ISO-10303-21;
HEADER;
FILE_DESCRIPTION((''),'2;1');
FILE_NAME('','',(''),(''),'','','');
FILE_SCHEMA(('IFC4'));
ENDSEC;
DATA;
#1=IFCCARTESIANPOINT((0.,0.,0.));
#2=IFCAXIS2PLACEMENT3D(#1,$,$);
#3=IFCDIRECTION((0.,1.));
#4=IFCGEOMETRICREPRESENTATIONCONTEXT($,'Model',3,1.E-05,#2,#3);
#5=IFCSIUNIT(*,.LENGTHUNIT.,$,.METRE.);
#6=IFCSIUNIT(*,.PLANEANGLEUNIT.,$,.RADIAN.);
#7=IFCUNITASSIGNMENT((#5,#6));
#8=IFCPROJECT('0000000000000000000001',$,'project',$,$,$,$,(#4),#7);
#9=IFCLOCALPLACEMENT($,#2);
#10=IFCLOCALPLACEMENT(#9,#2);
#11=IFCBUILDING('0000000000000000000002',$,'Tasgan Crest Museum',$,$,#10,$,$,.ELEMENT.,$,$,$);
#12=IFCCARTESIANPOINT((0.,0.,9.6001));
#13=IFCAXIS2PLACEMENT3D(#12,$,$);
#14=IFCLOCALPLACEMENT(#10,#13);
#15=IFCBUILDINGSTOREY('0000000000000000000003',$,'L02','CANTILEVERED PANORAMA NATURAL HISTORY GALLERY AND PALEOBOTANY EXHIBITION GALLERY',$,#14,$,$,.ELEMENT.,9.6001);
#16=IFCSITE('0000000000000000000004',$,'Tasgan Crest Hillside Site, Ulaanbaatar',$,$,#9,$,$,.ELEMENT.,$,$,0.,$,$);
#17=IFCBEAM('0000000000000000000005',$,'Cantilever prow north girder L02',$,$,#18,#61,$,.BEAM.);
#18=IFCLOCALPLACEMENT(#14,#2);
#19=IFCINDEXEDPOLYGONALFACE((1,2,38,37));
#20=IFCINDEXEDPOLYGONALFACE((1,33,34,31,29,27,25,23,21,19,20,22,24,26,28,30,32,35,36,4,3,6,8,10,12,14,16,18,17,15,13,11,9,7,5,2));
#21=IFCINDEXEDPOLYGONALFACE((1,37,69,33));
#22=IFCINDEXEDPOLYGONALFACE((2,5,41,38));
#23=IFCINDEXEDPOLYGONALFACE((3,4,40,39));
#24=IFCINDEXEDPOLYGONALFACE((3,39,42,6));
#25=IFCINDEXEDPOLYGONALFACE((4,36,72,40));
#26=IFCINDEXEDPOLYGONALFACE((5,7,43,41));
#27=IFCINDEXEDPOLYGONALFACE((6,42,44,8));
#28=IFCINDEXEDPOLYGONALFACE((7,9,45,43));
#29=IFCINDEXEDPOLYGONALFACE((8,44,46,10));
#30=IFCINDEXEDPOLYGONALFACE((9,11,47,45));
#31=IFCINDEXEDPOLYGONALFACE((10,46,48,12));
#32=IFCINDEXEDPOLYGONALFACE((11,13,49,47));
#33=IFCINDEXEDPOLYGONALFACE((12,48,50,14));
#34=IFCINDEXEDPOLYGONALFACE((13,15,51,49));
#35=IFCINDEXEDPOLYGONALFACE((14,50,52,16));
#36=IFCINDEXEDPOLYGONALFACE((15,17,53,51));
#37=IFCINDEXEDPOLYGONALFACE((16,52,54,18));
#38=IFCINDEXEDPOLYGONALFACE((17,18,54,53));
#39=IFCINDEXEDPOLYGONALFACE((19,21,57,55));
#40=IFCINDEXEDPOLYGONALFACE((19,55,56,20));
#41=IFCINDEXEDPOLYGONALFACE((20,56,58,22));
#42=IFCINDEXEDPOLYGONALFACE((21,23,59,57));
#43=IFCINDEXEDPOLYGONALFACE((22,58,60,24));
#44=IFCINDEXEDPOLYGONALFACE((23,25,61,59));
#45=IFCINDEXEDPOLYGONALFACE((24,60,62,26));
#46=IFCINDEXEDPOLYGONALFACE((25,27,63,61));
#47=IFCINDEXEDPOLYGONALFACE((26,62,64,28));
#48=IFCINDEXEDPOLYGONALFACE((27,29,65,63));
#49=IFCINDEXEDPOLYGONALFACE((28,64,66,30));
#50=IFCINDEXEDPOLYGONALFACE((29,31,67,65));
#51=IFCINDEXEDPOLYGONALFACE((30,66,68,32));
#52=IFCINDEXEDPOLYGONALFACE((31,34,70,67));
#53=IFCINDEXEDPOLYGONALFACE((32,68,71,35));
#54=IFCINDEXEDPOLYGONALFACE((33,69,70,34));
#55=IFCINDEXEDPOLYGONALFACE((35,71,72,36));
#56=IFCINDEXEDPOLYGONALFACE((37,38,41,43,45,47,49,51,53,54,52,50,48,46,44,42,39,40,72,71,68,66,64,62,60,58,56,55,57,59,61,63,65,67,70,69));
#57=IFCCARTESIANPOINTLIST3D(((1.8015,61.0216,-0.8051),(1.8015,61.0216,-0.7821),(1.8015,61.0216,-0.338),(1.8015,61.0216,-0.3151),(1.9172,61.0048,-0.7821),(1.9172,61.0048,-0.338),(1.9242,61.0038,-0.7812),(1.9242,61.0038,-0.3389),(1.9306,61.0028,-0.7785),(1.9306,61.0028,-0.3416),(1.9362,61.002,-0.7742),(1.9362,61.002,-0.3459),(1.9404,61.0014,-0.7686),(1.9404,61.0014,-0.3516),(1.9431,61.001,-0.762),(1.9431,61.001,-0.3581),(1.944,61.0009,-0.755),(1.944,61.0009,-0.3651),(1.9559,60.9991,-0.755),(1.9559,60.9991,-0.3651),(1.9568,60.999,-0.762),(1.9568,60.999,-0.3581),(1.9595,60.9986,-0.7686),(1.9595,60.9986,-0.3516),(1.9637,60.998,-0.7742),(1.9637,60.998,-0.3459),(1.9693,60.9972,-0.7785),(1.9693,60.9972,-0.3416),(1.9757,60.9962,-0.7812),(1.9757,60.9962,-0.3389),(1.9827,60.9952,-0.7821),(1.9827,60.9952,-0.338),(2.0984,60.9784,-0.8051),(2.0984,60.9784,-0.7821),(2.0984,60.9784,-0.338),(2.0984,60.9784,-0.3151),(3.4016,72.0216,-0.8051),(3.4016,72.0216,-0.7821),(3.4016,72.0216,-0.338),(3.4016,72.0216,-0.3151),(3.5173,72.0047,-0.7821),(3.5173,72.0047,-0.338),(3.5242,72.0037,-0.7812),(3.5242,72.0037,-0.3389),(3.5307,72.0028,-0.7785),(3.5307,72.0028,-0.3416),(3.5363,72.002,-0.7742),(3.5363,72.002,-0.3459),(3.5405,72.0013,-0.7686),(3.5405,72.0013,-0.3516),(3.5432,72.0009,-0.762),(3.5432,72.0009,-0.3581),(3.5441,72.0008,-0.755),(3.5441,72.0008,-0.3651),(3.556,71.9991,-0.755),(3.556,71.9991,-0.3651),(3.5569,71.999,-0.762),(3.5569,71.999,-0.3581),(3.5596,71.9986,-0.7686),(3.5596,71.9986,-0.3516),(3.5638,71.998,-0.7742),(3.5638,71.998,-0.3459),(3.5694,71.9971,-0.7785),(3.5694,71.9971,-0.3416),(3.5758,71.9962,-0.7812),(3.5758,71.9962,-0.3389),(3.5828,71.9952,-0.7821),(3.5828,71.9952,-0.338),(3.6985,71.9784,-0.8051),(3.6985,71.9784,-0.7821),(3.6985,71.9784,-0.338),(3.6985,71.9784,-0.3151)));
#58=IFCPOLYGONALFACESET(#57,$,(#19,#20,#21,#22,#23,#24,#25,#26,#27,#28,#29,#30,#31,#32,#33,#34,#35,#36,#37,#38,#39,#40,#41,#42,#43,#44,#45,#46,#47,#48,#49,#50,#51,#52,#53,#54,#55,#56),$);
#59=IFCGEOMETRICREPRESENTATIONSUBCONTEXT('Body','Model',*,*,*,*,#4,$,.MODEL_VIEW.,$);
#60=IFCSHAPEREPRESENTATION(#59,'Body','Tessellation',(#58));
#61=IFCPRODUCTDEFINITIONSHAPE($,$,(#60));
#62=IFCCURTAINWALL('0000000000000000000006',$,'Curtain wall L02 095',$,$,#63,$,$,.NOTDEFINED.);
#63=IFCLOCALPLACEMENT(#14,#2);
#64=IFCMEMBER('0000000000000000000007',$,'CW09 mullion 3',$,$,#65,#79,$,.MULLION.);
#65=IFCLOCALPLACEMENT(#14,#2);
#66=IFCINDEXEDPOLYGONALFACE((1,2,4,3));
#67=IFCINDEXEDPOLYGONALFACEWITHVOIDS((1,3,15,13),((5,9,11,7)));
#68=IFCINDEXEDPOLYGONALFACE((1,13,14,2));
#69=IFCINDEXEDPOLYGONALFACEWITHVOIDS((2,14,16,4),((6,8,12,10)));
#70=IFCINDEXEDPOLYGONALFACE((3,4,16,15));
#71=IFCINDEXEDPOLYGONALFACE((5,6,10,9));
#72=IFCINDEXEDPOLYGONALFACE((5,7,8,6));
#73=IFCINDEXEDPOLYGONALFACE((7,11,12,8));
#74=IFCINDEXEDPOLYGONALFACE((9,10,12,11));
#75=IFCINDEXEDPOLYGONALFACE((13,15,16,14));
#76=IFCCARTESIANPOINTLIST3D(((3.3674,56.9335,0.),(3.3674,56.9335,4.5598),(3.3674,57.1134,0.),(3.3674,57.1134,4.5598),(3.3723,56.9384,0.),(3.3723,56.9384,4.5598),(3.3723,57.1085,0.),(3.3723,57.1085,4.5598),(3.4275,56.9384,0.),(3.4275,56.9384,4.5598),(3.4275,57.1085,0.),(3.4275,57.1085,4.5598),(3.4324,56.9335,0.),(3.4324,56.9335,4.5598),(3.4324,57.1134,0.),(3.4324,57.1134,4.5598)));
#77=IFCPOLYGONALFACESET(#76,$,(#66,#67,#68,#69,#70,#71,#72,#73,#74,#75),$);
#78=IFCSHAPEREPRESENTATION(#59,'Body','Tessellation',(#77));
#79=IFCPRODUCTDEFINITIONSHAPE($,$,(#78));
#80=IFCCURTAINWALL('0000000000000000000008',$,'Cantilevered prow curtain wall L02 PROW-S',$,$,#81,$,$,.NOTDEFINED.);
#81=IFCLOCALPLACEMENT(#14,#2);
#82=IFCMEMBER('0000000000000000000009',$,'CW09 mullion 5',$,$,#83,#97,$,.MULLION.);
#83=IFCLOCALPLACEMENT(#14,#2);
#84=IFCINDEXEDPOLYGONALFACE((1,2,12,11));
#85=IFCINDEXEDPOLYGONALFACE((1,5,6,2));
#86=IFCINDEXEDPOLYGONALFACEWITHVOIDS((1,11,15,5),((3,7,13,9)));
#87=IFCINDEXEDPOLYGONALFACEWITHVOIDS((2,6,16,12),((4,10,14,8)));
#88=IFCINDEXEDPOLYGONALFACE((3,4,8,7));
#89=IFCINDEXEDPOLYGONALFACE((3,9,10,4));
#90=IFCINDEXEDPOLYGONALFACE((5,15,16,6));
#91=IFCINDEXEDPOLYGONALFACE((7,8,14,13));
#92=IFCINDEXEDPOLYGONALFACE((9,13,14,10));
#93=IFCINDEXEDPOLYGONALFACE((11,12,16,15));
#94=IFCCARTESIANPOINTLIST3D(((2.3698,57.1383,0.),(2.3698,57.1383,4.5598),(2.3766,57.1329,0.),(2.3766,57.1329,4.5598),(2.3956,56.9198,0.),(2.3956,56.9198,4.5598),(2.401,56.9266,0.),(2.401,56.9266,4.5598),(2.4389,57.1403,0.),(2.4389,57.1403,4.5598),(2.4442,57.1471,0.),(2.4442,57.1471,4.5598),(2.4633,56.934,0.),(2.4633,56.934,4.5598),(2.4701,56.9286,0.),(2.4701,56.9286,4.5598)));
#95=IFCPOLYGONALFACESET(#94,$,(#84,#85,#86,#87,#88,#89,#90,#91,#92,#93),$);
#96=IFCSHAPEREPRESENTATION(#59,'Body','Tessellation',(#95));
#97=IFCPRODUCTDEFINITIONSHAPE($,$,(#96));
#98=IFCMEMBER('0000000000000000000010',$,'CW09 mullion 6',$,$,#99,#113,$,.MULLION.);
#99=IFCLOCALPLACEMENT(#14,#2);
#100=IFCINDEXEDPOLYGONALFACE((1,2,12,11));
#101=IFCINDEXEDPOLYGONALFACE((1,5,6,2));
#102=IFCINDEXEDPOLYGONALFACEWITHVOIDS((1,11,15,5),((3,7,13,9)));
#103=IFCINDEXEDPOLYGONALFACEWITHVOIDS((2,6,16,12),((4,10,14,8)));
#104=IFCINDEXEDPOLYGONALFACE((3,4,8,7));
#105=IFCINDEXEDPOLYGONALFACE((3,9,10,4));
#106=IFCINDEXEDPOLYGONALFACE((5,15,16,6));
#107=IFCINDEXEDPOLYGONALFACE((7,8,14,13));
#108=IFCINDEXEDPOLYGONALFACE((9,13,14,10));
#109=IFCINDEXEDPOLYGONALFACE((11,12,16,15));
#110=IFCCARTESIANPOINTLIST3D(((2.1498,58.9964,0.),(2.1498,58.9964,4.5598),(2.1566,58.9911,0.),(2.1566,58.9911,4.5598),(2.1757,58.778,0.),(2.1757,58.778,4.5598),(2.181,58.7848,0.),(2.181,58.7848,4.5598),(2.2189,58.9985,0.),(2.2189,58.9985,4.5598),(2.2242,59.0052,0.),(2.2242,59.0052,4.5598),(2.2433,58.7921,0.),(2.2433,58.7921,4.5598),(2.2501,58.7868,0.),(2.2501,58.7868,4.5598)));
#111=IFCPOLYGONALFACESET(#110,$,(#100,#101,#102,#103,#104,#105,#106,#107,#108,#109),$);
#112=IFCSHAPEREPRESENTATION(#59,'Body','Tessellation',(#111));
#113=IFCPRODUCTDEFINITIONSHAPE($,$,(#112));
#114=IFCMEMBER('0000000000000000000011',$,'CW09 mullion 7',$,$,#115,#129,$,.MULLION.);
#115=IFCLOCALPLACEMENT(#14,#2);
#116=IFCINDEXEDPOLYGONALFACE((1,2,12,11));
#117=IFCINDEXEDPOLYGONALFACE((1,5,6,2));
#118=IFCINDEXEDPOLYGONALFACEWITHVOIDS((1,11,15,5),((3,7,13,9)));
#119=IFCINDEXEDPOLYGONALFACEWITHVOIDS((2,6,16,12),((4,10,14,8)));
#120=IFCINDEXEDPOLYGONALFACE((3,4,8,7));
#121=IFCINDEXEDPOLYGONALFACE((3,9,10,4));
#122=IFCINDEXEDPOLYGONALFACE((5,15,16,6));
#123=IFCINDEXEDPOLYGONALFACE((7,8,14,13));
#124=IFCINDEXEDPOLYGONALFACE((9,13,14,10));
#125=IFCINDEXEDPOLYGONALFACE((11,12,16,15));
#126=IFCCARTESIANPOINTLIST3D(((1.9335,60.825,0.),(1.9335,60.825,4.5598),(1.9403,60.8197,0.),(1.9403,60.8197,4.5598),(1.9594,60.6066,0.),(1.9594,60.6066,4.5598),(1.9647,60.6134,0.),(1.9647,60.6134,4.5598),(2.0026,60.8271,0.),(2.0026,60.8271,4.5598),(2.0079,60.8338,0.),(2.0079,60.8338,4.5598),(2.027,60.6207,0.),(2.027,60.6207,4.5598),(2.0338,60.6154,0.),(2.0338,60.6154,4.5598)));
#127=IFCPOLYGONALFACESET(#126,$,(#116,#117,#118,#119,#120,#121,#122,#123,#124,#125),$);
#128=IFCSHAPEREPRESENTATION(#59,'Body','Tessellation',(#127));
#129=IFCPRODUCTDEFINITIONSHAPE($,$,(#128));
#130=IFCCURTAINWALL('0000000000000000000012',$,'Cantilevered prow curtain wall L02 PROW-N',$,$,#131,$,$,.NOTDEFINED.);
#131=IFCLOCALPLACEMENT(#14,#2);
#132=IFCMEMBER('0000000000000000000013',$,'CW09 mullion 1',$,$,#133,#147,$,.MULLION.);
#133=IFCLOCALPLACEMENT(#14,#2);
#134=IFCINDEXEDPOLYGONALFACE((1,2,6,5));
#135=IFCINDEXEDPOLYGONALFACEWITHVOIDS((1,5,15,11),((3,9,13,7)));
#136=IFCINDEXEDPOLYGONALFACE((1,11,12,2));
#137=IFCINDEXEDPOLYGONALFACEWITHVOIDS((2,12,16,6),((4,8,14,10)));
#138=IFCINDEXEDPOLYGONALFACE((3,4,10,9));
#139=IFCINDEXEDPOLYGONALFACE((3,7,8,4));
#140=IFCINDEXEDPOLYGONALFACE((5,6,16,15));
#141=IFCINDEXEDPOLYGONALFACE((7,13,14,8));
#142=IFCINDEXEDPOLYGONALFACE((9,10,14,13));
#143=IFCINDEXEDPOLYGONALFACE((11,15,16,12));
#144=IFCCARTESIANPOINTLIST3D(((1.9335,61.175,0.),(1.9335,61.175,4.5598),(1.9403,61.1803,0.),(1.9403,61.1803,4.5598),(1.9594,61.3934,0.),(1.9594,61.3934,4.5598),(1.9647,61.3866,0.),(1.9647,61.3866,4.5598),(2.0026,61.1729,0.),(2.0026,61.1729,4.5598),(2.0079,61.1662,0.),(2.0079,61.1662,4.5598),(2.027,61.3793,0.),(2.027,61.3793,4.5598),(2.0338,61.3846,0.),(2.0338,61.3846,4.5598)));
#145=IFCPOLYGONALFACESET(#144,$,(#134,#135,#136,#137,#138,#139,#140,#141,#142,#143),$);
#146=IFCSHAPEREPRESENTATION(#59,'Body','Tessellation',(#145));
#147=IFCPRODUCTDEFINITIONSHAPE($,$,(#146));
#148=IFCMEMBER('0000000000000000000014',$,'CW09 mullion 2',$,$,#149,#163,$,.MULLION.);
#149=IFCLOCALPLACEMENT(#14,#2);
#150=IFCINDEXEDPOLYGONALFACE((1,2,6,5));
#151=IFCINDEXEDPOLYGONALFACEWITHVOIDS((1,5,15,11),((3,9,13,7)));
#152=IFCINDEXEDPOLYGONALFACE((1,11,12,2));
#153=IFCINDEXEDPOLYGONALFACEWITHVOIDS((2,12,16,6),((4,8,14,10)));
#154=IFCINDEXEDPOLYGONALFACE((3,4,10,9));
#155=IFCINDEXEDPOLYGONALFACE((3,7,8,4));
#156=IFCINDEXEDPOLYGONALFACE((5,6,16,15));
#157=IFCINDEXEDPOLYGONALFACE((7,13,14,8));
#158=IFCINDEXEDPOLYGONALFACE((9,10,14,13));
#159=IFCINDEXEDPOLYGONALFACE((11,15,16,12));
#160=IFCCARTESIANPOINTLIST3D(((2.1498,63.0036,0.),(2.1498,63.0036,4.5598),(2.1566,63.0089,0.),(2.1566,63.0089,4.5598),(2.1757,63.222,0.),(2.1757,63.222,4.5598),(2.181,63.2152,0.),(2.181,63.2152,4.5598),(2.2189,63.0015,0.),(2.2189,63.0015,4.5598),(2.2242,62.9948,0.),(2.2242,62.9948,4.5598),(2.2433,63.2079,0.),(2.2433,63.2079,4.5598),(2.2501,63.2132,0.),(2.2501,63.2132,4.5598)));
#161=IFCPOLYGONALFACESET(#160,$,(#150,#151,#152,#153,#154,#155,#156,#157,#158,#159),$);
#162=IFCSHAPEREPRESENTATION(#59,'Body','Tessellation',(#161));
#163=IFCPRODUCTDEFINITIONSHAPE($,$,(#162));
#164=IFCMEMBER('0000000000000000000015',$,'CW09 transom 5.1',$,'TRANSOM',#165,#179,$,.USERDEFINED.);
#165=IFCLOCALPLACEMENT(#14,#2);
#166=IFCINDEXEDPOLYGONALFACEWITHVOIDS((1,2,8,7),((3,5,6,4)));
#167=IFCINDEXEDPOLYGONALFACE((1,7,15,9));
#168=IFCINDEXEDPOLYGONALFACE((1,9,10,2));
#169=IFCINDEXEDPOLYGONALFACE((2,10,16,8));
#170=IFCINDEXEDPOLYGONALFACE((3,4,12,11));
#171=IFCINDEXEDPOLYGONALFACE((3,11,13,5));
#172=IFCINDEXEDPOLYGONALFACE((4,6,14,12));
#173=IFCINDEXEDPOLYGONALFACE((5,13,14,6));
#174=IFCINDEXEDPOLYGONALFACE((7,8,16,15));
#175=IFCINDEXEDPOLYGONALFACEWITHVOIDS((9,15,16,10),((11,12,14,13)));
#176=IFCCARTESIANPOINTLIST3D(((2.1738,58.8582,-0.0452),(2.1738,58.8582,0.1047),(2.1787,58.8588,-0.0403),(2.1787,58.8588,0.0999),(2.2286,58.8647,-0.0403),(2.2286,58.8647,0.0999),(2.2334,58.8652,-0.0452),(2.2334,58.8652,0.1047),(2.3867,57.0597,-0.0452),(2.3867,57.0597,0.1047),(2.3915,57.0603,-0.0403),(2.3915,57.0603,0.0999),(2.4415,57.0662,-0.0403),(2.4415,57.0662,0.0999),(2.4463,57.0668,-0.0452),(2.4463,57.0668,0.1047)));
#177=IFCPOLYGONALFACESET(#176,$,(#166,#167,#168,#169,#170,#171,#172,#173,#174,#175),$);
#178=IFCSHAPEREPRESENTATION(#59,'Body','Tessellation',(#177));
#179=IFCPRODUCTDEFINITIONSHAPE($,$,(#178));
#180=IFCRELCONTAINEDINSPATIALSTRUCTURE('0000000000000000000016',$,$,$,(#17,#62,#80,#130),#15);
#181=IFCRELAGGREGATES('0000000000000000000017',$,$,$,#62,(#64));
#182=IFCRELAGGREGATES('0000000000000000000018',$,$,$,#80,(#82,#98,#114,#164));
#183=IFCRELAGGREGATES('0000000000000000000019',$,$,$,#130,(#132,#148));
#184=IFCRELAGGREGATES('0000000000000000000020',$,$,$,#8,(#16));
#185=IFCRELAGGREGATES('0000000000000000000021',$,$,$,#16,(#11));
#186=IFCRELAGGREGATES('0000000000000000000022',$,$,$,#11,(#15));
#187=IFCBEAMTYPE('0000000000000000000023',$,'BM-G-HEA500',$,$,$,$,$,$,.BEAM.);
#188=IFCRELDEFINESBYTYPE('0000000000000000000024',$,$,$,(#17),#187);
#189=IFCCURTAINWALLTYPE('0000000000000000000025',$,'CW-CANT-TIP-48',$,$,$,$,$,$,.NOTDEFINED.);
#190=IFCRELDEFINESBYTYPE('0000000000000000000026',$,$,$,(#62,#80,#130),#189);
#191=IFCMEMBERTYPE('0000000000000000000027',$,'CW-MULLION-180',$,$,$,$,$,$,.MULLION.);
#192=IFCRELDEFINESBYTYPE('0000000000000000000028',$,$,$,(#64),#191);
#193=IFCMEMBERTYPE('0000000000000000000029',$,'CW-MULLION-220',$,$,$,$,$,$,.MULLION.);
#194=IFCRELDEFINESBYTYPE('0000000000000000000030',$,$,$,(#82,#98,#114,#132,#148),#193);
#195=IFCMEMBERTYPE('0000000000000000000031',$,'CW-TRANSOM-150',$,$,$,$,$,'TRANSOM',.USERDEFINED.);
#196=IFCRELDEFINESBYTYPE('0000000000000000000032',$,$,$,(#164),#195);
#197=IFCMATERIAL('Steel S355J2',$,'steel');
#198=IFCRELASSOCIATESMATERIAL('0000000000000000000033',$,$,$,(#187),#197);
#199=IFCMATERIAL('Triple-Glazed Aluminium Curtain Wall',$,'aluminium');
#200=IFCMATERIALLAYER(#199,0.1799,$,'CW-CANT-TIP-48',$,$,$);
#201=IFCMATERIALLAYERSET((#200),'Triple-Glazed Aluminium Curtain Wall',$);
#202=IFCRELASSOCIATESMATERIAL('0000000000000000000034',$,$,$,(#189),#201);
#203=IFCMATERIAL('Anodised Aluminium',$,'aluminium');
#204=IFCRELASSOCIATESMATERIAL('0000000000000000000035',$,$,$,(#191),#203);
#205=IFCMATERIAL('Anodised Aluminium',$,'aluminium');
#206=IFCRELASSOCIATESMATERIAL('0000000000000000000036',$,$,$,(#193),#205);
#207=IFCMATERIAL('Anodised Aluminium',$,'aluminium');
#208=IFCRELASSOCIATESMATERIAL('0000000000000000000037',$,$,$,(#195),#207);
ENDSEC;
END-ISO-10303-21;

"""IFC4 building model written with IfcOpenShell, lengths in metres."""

from ifc_helpers import new_model, si_unit, direction, frame, origin, origin_2d, place, context, subcontext, project, spatial, hollow_rectangle, i_section, extrude, material, layer, layer_set, material_profile, profile_set, type_object, element, aggregate, save


model = new_model("IFC4")

# Units and contexts
model_context = context("Model", 3, precision=1e-05, world=origin(), true_north=direction((0.0, 1.0)))
body_context = subcontext(model_context, "Body", "Model", "MODEL_VIEW")
ifc_project = project(units=[si_unit("LENGTHUNIT", "METRE"), si_unit("PLANEANGLEUNIT", "RADIAN")], contexts=[model_context])

# Site, building, storey
site_placement = place(None, origin())
site = spatial("IfcSite", under=ifc_project, at=site_placement, Name="Tasgan Crest Hillside Site, Ulaanbaatar", CompositionType="ELEMENT", RefElevation=0.0)
building_placement = place(site_placement, origin())
building = spatial("IfcBuilding", under=site, at=building_placement, Name="Tasgan Crest Museum", CompositionType="ELEMENT")
storey_placement = place(building_placement, frame((0.0, 0.0, 9.6001)))
storey = spatial("IfcBuildingStorey", under=building, at=storey_placement, Name="L02", Description="CANTILEVERED PANORAMA NATURAL HISTORY GALLERY AND PALEOBOTANY EXHIBITION GALLERY", CompositionType="ELEMENT", Elevation=9.6001)

# Beam
ifc_material_1 = material(Name="Steel S355J2", Category="steel")
ifc_material_profile_1 = material_profile(ifc_material_1, i_section(OverallWidth=0.3, OverallDepth=0.49, WebThickness=0.012, FlangeThickness=0.0229, FilletRadius=0.0271, at=origin_2d()), Name="HEA 500")
ifc_profile_set_1 = profile_set([ifc_material_profile_1], Name="Steel S355J2")
beam_type = type_object("IfcBeamType", Name="BM-G-HEA500", PredefinedType="BEAM", material=ifc_profile_set_1)
beam_placement = place(storey_placement, frame((1.95, 61.0, -0.5601), z_axis=(0.143948, 0.989585, 0.0), x_axis=(-0.989585, 0.143948, 0.0)))
element("IfcBeam", 1, at=beam_placement, inside=storey, type_object=beam_type, Name="Cantilever prow north girder L02", PredefinedType="BEAM", context=body_context, shape_type="SweptSolid", body=[
    extrude(i_section(OverallWidth=0.3, OverallDepth=0.49, WebThickness=0.012, FlangeThickness=0.0229, FilletRadius=0.0271, at=origin_2d()), origin(), (0.0, 0.0, 1.0), 11.1157),
])

# Curtain wall, member
ifc_material_2 = material(Name="Triple-Glazed Aluminium Curtain Wall", Category="aluminium")
ifc_layer_1 = layer(ifc_material_2, 0.1799, Name="CW-CANT-TIP-48")
ifc_layer_set_1 = layer_set([ifc_layer_1], Name="Triple-Glazed Aluminium Curtain Wall")
curtain_wall_type = type_object("IfcCurtainWallType", Name="CW-CANT-TIP-48", PredefinedType="NOTDEFINED", material=ifc_layer_set_1)
curtain_wall_1_placement = place(storey_placement, origin())
curtain_wall_1 = element("IfcCurtainWall", 2, at=curtain_wall_1_placement, inside=storey, type_object=curtain_wall_type, Name="Curtain wall L02 095", PredefinedType="NOTDEFINED")
ifc_material_3 = material(Name="Anodised Aluminium", Category="aluminium")
ifc_material_profile_2 = material_profile(ifc_material_3, hollow_rectangle(XDim=0.0649, YDim=0.1799, WallThickness=0.0049, at=origin_2d()), Name="ALU MULLION 180x65x5")
ifc_profile_set_2 = profile_set([ifc_material_profile_2], Name="Anodised Aluminium")
member_type_1 = type_object("IfcMemberType", Name="CW-MULLION-180", PredefinedType="MULLION", material=ifc_profile_set_2)
member_1_placement = place(storey_placement, frame((3.3999, 57.0234, 0.0), z_axis=(0.0, 0.0, 1.0), x_axis=(1.0, 0.0, 0.0)))
member_1 = element("IfcMember", 3, at=member_1_placement, type_object=member_type_1, Name="CW09 mullion 3", PredefinedType="MULLION", context=body_context, shape_type="SweptSolid", body=[
    extrude(hollow_rectangle(XDim=0.0649, YDim=0.1799, WallThickness=0.0049, at=origin_2d()), origin(), (0.0, 0.0, 1.0), 4.5598),
])

# Curtain walls, members
curtain_wall_2_placement = place(storey_placement, origin())
curtain_wall_2 = element("IfcCurtainWall", 4, at=curtain_wall_2_placement, inside=storey, type_object=curtain_wall_type, Name="Cantilevered prow curtain wall L02 PROW-S", PredefinedType="NOTDEFINED")
ifc_material_4 = material(Name="Anodised Aluminium", Category="aluminium")
ifc_material_profile_3 = material_profile(ifc_material_4, hollow_rectangle(XDim=0.075, YDim=0.22, WallThickness=0.0061, at=origin_2d()), Name="ALU MULLION 220x75x6")
ifc_profile_set_3 = profile_set([ifc_material_profile_3], Name="Anodised Aluminium")
member_type_2 = type_object("IfcMemberType", Name="CW-MULLION-220", PredefinedType="MULLION", material=ifc_profile_set_3)
member_2_placement = place(storey_placement, frame((2.4199, 57.0334, 0.0), z_axis=(0.0, 0.0, 1.0), x_axis=(-0.993065, -0.117565, 0.0)))
member_2 = element("IfcMember", 5, at=member_2_placement, type_object=member_type_2, Name="CW09 mullion 5", PredefinedType="MULLION", context=body_context, shape_type="SweptSolid", body=[
    extrude(hollow_rectangle(XDim=0.075, YDim=0.22, WallThickness=0.0061, at=origin_2d()), origin(), (0.0, 0.0, 1.0), 4.5598),
])
member_3_placement = place(storey_placement, frame((2.2, 58.8916, 0.0), z_axis=(0.0, 0.0, 1.0), x_axis=(-0.993065, -0.117565, 0.0)))
member_3 = element("IfcMember", 6, at=member_3_placement, type_object=member_type_2, Name="CW09 mullion 6", PredefinedType="MULLION", context=body_context, shape_type="SweptSolid", body=[
    extrude(hollow_rectangle(XDim=0.075, YDim=0.22, WallThickness=0.0061, at=origin_2d()), origin(), (0.0, 0.0, 1.0), 4.5598),
])
member_4_placement = place(storey_placement, frame((1.9836, 60.7202, 0.0), z_axis=(0.0, 0.0, 1.0), x_axis=(-0.993065, -0.117565, 0.0)))
member_4 = element("IfcMember", 7, at=member_4_placement, type_object=member_type_2, Name="CW09 mullion 7", PredefinedType="MULLION", context=body_context, shape_type="SweptSolid", body=[
    extrude(hollow_rectangle(XDim=0.075, YDim=0.22, WallThickness=0.0061, at=origin_2d()), origin(), (0.0, 0.0, 1.0), 4.5598),
])
curtain_wall_3_placement = place(storey_placement, origin())
curtain_wall_3 = element("IfcCurtainWall", 8, at=curtain_wall_3_placement, inside=storey, type_object=curtain_wall_type, Name="Cantilevered prow curtain wall L02 PROW-N", PredefinedType="NOTDEFINED")
member_5_placement = place(storey_placement, frame((1.9836, 61.2798, 0.0), z_axis=(0.0, 0.0, 1.0), x_axis=(-0.993065, 0.117565, 0.0)))
member_5 = element("IfcMember", 9, at=member_5_placement, type_object=member_type_2, Name="CW09 mullion 1", PredefinedType="MULLION", context=body_context, shape_type="SweptSolid", body=[
    extrude(hollow_rectangle(XDim=0.075, YDim=0.22, WallThickness=0.0061, at=origin_2d()), origin(), (0.0, 0.0, 1.0), 4.5598),
])
member_6_placement = place(storey_placement, frame((2.2, 63.1084, 0.0), z_axis=(0.0, 0.0, 1.0), x_axis=(-0.993065, 0.117565, 0.0)))
member_6 = element("IfcMember", 10, at=member_6_placement, type_object=member_type_2, Name="CW09 mullion 2", PredefinedType="MULLION", context=body_context, shape_type="SweptSolid", body=[
    extrude(hollow_rectangle(XDim=0.075, YDim=0.22, WallThickness=0.0061, at=origin_2d()), origin(), (0.0, 0.0, 1.0), 4.5598),
])

# Member
ifc_material_5 = material(Name="Anodised Aluminium", Category="aluminium")
ifc_material_profile_4 = material_profile(ifc_material_5, hollow_rectangle(XDim=0.0601, YDim=0.1499, WallThickness=0.0049, at=origin_2d()), Name="ALU TRANSOM 150x60x5")
ifc_profile_set_4 = profile_set([ifc_material_profile_4], Name="Anodised Aluminium")
member_type_3 = type_object("IfcMemberType", Name="CW-TRANSOM-150", ElementType="TRANSOM", PredefinedType="USERDEFINED", material=ifc_profile_set_4)
member_7_placement = place(storey_placement, frame((2.4165, 57.0632, 0.0298), z_axis=(-0.117545, 0.993068, 0.0), x_axis=(-0.993068, -0.117545, 0.0)))
member_7 = element("IfcMember", 11, at=member_7_placement, type_object=member_type_3, Name="CW09 transom 5.1", ObjectType="TRANSOM", PredefinedType="USERDEFINED", context=body_context, shape_type="SweptSolid", body=[
    extrude(hollow_rectangle(XDim=0.0601, YDim=0.1499, WallThickness=0.0049, at=origin_2d()), origin(), (0.0, 0.0, 1.0), 1.811),
])

aggregate(curtain_wall_1, [member_1])
aggregate(curtain_wall_2, [member_2, member_3, member_4, member_7])
aggregate(curtain_wall_3, [member_5, member_6])

save(model, "model.ifc")
